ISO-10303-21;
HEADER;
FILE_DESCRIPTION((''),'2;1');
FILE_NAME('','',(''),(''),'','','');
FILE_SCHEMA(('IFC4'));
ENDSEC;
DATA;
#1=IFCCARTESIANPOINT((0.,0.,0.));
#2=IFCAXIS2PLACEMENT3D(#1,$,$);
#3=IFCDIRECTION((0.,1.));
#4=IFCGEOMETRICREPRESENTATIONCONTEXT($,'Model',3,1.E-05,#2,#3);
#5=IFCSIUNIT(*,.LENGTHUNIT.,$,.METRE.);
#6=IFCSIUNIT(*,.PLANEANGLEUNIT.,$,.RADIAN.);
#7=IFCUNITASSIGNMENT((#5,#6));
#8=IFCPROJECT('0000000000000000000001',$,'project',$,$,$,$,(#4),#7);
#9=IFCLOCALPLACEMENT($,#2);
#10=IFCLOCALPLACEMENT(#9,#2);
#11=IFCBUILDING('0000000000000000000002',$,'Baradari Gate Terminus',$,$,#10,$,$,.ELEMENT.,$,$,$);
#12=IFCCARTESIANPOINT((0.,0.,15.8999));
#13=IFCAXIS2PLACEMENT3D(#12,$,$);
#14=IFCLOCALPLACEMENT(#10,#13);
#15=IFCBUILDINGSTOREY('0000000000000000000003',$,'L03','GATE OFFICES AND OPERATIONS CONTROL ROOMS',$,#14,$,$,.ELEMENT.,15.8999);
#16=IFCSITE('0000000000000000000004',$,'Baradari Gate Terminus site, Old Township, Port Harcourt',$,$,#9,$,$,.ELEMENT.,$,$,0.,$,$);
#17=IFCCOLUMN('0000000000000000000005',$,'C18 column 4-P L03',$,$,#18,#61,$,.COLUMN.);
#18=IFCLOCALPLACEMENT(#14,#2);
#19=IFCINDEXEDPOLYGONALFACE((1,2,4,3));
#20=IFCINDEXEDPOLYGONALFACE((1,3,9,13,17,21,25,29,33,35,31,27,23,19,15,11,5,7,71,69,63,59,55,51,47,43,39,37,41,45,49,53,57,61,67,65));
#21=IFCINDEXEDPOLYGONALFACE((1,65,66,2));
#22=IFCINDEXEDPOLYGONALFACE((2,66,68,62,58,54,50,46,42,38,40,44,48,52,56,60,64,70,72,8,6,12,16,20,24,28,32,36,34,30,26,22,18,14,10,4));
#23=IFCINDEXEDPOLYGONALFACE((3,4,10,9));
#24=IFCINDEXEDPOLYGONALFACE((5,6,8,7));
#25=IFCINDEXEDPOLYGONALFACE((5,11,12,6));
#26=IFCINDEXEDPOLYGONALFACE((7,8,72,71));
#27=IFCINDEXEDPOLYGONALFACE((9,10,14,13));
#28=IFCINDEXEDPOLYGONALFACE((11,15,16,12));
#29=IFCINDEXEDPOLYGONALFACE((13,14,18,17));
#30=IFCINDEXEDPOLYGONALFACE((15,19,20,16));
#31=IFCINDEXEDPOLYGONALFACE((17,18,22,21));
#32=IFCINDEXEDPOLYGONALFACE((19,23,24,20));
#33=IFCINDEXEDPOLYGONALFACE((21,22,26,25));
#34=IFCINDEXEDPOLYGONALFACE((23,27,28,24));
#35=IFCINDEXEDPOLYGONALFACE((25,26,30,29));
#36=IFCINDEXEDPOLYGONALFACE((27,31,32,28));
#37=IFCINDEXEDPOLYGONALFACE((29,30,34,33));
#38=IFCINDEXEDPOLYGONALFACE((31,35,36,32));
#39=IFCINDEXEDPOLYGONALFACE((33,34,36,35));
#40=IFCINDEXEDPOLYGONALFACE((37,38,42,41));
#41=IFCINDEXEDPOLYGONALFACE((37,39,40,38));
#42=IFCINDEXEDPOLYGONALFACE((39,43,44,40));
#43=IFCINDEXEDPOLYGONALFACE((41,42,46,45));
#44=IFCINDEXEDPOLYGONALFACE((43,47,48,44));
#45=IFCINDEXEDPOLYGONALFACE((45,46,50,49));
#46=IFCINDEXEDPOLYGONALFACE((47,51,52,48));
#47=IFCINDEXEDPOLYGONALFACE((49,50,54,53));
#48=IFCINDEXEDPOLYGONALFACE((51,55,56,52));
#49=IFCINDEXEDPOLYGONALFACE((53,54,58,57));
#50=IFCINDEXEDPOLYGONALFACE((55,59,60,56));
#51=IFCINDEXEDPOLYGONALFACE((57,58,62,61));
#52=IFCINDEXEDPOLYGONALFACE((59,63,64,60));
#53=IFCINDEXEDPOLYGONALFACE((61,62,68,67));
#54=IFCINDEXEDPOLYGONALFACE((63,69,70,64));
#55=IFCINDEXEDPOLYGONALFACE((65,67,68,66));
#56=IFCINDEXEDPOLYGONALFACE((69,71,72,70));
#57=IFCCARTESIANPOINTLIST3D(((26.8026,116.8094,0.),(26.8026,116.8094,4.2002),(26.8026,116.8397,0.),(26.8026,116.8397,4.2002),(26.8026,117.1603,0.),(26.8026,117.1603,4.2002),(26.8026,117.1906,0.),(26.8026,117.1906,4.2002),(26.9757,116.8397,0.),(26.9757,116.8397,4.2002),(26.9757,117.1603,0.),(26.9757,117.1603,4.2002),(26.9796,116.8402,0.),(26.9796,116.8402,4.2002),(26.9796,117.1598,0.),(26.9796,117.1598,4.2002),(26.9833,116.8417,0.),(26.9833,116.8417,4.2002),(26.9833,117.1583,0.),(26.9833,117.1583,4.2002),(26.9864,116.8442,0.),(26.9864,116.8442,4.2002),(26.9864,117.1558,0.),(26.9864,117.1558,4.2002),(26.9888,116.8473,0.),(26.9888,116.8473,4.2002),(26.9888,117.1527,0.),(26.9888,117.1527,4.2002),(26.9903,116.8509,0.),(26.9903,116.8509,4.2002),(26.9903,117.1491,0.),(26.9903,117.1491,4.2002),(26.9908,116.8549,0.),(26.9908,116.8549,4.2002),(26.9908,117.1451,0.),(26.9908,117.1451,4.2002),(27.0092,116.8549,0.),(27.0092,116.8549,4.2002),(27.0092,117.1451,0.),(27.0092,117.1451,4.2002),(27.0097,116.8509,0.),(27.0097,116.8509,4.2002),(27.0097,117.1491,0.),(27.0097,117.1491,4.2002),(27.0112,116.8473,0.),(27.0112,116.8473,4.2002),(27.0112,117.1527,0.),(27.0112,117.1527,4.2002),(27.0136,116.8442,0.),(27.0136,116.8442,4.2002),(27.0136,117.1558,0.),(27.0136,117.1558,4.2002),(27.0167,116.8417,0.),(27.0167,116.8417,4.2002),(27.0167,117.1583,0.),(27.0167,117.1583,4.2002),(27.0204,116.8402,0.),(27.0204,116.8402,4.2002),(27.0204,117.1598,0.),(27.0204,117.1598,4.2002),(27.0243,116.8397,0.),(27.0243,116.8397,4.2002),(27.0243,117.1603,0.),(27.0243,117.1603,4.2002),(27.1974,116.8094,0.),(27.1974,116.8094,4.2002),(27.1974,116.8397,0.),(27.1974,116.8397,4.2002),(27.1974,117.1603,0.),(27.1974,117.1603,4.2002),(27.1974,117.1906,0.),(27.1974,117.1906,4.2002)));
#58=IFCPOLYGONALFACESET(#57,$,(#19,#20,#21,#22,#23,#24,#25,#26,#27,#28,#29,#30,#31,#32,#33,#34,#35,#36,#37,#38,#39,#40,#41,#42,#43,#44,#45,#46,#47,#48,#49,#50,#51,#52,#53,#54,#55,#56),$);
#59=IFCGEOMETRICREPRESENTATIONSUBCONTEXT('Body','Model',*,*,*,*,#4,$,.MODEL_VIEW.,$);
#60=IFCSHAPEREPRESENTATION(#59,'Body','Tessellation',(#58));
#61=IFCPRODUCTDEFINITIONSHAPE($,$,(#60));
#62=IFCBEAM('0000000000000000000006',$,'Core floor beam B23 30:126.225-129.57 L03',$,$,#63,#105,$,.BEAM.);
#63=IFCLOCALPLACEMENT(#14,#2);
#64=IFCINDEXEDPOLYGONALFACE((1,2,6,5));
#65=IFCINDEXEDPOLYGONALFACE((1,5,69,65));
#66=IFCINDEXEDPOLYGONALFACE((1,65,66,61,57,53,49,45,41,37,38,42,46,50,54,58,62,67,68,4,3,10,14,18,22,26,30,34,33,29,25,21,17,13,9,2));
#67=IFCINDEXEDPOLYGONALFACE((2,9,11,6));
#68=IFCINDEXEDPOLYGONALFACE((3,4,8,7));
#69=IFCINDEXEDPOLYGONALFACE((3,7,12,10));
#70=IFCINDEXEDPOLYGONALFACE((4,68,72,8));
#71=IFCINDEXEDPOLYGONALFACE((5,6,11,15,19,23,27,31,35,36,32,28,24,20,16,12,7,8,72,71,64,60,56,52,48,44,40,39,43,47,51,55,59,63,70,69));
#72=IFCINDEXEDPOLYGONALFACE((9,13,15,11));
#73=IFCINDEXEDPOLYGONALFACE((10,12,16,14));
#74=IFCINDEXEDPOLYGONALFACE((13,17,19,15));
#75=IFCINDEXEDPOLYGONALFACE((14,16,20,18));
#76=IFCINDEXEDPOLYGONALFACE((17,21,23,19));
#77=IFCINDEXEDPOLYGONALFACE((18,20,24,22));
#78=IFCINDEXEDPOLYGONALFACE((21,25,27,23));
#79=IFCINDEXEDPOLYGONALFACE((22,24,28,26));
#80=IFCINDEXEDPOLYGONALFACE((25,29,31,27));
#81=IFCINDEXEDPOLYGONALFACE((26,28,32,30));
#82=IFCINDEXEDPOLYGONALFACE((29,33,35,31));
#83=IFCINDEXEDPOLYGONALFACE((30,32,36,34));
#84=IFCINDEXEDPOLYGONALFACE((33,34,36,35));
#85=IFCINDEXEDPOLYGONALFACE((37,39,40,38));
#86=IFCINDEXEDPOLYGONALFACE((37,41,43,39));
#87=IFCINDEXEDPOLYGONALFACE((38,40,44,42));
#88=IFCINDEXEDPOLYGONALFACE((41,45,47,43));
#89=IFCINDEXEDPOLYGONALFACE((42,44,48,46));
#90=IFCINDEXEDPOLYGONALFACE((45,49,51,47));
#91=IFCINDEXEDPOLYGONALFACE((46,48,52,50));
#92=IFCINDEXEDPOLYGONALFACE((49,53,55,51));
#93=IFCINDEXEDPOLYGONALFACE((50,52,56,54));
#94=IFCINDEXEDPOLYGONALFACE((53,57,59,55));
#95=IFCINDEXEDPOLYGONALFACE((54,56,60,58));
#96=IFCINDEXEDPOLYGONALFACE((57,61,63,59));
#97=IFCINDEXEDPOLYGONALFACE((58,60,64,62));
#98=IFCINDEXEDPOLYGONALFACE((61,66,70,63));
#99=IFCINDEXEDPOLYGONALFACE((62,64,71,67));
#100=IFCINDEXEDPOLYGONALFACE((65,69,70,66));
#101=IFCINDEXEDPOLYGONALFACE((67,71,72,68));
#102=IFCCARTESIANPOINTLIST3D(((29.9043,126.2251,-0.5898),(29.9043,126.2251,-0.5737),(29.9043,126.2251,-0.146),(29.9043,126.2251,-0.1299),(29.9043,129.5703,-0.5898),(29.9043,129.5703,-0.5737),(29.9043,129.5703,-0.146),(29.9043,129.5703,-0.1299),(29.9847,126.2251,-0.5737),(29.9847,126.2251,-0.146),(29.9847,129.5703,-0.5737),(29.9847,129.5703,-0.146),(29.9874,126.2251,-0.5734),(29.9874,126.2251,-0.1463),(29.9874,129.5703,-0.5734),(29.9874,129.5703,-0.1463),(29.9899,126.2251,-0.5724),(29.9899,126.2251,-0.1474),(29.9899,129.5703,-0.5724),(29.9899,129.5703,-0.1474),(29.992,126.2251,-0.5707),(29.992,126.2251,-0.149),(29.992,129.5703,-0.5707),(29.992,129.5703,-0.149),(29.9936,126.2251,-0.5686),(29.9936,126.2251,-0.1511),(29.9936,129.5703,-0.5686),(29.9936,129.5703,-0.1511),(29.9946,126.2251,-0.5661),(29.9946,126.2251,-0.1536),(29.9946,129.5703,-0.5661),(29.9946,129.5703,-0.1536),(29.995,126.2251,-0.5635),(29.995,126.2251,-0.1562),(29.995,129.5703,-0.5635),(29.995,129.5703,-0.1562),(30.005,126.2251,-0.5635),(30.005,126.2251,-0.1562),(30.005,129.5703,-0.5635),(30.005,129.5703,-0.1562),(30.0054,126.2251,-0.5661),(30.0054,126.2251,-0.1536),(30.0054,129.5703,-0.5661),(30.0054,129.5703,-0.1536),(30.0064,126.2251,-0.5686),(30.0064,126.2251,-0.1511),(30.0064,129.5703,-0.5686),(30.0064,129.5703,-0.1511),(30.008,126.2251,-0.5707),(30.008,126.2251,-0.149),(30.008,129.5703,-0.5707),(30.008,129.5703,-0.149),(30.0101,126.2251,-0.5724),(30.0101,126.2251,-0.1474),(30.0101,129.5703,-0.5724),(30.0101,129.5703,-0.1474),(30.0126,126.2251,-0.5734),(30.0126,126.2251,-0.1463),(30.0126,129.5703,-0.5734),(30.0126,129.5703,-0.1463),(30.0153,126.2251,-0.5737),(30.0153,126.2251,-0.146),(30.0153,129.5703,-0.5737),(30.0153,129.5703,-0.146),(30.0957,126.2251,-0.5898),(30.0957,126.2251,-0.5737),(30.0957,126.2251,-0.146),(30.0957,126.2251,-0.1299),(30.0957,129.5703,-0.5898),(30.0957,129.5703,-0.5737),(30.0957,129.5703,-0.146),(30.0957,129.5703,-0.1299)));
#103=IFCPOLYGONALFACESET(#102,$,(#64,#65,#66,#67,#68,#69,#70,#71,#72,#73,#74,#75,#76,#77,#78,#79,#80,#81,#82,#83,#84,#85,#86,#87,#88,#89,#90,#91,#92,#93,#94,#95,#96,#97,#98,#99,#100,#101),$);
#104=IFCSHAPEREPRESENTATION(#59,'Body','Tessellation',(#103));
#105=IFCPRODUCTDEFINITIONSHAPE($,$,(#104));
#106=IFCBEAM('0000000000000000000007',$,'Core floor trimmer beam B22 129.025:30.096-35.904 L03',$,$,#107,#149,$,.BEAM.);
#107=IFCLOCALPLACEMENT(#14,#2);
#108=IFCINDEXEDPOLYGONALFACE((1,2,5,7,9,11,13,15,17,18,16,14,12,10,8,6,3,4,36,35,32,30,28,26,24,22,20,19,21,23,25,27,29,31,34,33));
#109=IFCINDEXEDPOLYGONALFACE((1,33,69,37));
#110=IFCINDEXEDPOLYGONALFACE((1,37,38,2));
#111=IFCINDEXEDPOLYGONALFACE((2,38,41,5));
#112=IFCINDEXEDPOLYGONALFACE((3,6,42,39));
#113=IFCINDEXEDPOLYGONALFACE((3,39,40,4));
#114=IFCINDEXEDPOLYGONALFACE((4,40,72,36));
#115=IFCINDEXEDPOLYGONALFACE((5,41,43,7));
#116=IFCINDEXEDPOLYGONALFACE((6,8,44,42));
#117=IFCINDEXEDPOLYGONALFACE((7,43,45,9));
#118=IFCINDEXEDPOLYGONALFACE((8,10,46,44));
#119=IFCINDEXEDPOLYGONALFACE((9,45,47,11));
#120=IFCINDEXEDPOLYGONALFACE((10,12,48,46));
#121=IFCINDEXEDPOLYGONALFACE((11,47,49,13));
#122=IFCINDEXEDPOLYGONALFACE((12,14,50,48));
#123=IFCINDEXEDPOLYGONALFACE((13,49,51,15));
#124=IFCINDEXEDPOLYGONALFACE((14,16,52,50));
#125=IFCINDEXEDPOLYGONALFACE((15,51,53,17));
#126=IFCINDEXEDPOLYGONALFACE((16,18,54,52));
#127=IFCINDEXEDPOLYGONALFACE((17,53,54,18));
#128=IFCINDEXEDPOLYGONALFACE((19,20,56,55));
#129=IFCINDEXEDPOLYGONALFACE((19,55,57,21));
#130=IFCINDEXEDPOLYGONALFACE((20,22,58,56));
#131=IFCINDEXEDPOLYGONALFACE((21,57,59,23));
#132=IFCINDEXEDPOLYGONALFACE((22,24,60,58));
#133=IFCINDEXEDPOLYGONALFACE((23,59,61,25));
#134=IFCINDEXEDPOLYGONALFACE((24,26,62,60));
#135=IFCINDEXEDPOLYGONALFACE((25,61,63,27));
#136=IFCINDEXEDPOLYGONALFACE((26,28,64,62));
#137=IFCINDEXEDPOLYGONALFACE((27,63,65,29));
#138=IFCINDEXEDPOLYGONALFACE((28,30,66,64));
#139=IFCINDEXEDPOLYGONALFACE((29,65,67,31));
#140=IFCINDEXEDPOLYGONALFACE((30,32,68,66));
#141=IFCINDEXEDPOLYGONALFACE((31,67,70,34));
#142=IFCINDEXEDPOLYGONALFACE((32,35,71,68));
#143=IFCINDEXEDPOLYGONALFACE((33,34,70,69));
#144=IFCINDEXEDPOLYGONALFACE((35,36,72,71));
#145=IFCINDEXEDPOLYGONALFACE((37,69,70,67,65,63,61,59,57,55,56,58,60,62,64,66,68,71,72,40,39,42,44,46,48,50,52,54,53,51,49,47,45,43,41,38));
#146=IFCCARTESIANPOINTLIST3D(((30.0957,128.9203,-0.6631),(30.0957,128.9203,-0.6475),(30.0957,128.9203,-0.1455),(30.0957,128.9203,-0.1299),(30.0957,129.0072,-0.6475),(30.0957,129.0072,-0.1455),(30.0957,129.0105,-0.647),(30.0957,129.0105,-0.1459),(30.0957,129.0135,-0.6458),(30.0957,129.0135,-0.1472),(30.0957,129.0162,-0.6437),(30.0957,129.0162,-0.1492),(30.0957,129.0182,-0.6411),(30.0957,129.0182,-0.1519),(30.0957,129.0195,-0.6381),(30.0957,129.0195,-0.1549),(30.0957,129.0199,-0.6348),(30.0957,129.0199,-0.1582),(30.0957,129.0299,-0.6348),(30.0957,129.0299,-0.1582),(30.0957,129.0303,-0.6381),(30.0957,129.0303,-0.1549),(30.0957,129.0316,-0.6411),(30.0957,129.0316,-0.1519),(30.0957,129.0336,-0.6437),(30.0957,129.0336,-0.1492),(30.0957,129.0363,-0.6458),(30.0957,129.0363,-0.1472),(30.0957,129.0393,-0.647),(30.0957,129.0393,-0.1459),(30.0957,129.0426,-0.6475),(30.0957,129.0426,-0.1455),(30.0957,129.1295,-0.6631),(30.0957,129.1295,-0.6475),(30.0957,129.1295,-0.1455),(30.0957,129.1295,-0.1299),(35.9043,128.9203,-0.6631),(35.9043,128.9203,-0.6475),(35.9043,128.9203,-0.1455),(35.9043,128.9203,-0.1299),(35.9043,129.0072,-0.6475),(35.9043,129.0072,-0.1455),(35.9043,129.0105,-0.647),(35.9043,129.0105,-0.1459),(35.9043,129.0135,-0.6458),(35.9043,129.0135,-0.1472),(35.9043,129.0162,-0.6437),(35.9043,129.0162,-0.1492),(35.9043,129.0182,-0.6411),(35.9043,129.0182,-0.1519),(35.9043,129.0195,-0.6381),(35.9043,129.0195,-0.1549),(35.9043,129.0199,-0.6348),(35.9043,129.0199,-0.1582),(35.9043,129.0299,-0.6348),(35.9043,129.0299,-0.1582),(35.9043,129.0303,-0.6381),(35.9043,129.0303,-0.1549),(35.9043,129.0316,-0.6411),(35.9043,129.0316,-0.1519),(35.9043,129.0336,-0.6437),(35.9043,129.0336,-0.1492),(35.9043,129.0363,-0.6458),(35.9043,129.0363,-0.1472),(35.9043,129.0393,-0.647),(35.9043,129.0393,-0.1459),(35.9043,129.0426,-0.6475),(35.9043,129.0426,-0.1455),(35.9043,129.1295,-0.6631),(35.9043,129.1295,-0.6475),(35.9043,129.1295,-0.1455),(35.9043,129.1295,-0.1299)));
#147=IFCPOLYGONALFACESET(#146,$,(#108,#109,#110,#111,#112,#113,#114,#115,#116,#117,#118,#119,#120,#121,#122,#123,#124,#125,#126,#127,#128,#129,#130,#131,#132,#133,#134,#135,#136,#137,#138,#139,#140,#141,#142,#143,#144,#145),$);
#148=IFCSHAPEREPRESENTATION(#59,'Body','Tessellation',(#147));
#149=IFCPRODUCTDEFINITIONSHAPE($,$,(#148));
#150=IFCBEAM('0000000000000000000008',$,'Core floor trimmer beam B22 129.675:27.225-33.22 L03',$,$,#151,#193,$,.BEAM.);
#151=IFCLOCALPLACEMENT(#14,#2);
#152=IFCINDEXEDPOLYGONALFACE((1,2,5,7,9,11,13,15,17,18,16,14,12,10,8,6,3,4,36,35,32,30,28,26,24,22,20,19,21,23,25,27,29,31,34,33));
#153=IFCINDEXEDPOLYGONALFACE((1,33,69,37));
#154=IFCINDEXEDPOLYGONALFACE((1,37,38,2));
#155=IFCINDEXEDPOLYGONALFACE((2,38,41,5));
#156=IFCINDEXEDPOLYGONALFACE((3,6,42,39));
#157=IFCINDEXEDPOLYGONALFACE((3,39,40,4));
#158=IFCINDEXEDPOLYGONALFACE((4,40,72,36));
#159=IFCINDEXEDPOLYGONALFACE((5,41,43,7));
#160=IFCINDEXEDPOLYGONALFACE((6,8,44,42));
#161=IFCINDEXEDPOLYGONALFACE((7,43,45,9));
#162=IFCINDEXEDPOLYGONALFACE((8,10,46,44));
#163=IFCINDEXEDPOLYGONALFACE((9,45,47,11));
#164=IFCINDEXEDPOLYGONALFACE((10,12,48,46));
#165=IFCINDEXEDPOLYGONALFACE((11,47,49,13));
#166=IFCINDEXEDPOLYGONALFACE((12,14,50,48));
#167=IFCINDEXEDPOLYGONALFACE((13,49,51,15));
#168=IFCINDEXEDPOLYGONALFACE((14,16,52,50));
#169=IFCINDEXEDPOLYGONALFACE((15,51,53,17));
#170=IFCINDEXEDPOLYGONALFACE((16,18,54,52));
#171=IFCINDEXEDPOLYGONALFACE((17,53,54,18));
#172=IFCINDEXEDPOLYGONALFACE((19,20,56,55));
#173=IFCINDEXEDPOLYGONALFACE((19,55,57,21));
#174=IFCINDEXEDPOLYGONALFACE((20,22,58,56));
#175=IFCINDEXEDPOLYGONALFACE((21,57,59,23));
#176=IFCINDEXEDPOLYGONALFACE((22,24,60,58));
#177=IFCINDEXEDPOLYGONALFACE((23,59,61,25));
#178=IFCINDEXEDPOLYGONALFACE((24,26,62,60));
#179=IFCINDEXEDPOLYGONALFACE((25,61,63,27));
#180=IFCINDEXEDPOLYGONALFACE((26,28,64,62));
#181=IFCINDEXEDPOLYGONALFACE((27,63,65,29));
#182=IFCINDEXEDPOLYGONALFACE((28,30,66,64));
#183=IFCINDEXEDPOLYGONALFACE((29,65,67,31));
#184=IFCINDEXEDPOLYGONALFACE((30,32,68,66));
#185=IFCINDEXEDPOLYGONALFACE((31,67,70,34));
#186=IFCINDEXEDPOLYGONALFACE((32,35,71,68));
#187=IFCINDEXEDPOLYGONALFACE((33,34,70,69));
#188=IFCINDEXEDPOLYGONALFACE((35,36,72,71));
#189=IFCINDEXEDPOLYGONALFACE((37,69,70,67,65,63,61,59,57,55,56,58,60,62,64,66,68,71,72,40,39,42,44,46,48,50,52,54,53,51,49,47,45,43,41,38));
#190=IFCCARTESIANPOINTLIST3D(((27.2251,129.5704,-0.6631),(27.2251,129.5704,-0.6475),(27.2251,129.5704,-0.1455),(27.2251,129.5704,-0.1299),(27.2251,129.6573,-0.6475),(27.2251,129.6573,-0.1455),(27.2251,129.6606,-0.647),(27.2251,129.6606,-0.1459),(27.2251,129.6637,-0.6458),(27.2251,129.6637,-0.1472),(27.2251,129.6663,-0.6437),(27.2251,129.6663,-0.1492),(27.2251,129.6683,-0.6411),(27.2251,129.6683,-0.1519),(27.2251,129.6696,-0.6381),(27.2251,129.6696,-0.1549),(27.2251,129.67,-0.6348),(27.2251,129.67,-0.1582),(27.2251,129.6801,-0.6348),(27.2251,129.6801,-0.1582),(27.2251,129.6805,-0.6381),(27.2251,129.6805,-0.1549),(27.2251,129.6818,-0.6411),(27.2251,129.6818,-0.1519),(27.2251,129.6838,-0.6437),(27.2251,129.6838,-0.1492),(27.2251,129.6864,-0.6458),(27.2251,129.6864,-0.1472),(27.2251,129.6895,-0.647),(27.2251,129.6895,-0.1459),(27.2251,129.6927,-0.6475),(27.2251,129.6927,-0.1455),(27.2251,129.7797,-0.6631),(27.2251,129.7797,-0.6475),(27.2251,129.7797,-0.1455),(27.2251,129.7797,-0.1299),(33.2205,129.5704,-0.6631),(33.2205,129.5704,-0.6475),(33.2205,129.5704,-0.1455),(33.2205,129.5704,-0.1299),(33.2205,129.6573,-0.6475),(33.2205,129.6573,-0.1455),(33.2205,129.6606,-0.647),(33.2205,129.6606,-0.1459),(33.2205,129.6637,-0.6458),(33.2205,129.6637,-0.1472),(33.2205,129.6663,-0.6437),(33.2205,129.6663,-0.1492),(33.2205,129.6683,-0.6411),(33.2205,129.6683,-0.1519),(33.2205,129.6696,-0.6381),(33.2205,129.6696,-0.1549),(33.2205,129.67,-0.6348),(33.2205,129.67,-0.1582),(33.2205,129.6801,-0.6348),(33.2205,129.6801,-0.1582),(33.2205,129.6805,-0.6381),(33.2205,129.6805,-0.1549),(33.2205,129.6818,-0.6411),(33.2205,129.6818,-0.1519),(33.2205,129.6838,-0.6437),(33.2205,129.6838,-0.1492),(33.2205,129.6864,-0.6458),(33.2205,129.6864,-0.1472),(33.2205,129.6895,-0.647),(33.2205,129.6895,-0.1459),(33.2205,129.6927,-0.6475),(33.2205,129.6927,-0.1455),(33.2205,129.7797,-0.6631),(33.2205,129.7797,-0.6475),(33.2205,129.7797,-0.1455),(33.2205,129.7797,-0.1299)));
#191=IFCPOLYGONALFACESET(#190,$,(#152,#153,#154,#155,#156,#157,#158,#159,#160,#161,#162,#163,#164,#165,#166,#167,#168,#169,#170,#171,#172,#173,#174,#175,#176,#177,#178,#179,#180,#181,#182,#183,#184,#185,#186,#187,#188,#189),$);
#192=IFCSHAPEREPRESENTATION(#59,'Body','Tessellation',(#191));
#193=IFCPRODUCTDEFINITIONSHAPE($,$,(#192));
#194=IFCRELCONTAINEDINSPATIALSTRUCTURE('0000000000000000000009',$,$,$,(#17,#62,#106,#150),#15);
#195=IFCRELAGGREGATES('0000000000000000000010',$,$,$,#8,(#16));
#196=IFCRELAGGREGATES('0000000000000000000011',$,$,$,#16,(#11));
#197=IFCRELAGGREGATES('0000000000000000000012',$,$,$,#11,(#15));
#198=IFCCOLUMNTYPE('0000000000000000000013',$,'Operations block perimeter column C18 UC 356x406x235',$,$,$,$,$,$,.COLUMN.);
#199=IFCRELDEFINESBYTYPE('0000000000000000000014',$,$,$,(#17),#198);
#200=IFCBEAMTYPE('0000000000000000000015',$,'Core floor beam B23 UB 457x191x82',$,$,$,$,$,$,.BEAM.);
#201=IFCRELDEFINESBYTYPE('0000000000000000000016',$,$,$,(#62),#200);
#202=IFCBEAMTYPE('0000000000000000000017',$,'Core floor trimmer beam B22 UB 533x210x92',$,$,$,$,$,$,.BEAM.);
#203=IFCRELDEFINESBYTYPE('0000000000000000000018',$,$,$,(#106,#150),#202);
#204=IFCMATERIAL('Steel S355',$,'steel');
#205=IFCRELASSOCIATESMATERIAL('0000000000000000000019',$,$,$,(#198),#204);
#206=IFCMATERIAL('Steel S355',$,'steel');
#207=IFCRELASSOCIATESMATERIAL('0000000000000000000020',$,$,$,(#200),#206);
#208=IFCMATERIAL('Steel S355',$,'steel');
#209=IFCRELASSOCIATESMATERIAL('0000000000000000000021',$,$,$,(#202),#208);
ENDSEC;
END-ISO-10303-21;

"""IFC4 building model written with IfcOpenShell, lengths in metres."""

from ifc_helpers import new_model, si_unit, direction, frame, origin, origin_2d, place, context, subcontext, project, spatial, i_section, extrude, material, material_profile, profile_set, type_object, element, save


model = new_model("IFC4")

# Units and contexts
model_context = context("Model", 3, precision=1e-05, world=origin(), true_north=direction((0.0, 1.0)))
body_context = subcontext(model_context, "Body", "Model", "MODEL_VIEW")
ifc_project = project(units=[si_unit("LENGTHUNIT", "METRE"), si_unit("PLANEANGLEUNIT", "RADIAN")], contexts=[model_context])

# Site, building, storey
site_placement = place(None, origin())
site = spatial("IfcSite", under=ifc_project, at=site_placement, Name="Baradari Gate Terminus site, Old Township, Port Harcourt", CompositionType="ELEMENT", RefElevation=0.0)
building_placement = place(site_placement, origin())
building = spatial("IfcBuilding", under=site, at=building_placement, Name="Baradari Gate Terminus", CompositionType="ELEMENT")
storey_placement = place(building_placement, frame((0.0, 0.0, 15.8999)))
storey = spatial("IfcBuildingStorey", under=building, at=storey_placement, Name="L03", Description="GATE OFFICES AND OPERATIONS CONTROL ROOMS", CompositionType="ELEMENT", Elevation=15.8999)

# Column
ifc_material_1 = material(Name="Steel S355", Category="steel")
ifc_material_profile_1 = material_profile(ifc_material_1, i_section(OverallWidth=0.3948, OverallDepth=0.3811, WebThickness=0.0183, FlangeThickness=0.0303, FilletRadius=0.0151, at=origin_2d()), Name="UC 356x406x235")
ifc_profile_set_1 = profile_set([ifc_material_profile_1], Name="Steel S355")
column_type = type_object("IfcColumnType", Name="Operations block perimeter column C18 UC 356x406x235", PredefinedType="COLUMN", material=ifc_profile_set_1)
column_placement = place(storey_placement, frame((27.0, 117.0, 0.0), z_axis=(0.0, 0.0, 1.0), x_axis=(1.0, 0.0, 0.0)))
element("IfcColumn", 1, at=column_placement, inside=storey, type_object=column_type, Name="C18 column 4-P L03", PredefinedType="COLUMN", context=body_context, shape_type="SweptSolid", body=[
    extrude(i_section(OverallWidth=0.3948, OverallDepth=0.3811, WebThickness=0.0183, FlangeThickness=0.0303, FilletRadius=0.0151, at=origin_2d()), origin(), (0.0, 0.0, 1.0), 4.2002),
])

# Beams
ifc_material_2 = material(Name="Steel S355", Category="steel")
ifc_material_profile_2 = material_profile(ifc_material_2, i_section(OverallWidth=0.1914, OverallDepth=0.46, WebThickness=0.01, FlangeThickness=0.0161, FilletRadius=0.0103, at=origin_2d()), Name="UB 457x191x82")
ifc_profile_set_2 = profile_set([ifc_material_profile_2], Name="Steel S355")
beam_type_1 = type_object("IfcBeamType", Name="Core floor beam B23 UB 457x191x82", PredefinedType="BEAM", material=ifc_profile_set_2)
beam_1_placement = place(storey_placement, frame((30.0, 126.2251, -0.3599), z_axis=(0.0, 1.0, 0.0), x_axis=(-1.0, 0.0, 0.0)))
element("IfcBeam", 2, at=beam_1_placement, inside=storey, type_object=beam_type_1, Name="Core floor beam B23 30:126.225-129.57 L03", PredefinedType="BEAM", context=body_context, shape_type="SweptSolid", body=[
    extrude(i_section(OverallWidth=0.1914, OverallDepth=0.46, WebThickness=0.01, FlangeThickness=0.0161, FilletRadius=0.0103, at=origin_2d()), origin(), (0.0, 0.0, 1.0), 3.3452),
])
ifc_material_3 = material(Name="Steel S355", Category="steel")
ifc_material_profile_3 = material_profile(ifc_material_3, i_section(OverallWidth=0.2092, OverallDepth=0.5332, WebThickness=0.01, FlangeThickness=0.0156, FilletRadius=0.0127, at=origin_2d()), Name="UB 533x210x92")
ifc_profile_set_3 = profile_set([ifc_material_profile_3], Name="Steel S355")
beam_type_2 = type_object("IfcBeamType", Name="Core floor trimmer beam B22 UB 533x210x92", PredefinedType="BEAM", material=ifc_profile_set_3)
beam_2_placement = place(storey_placement, frame((30.0957, 129.0249, -0.3965), z_axis=(1.0, 0.0, 0.0), x_axis=(0.0, 1.0, 0.0)))
element("IfcBeam", 3, at=beam_2_placement, inside=storey, type_object=beam_type_2, Name="Core floor trimmer beam B22 129.025:30.096-35.904 L03", PredefinedType="BEAM", context=body_context, shape_type="SweptSolid", body=[
    extrude(i_section(OverallWidth=0.2092, OverallDepth=0.5332, WebThickness=0.01, FlangeThickness=0.0156, FilletRadius=0.0127, at=origin_2d()), origin(), (0.0, 0.0, 1.0), 5.8086),
])
beam_3_placement = place(storey_placement, frame((27.2251, 129.675, -0.3965), z_axis=(1.0, 0.0, 0.0), x_axis=(0.0, 1.0, 0.0)))
element("IfcBeam", 4, at=beam_3_placement, inside=storey, type_object=beam_type_2, Name="Core floor trimmer beam B22 129.675:27.225-33.22 L03", PredefinedType="BEAM", context=body_context, shape_type="SweptSolid", body=[
    extrude(i_section(OverallWidth=0.2092, OverallDepth=0.5332, WebThickness=0.01, FlangeThickness=0.0156, FilletRadius=0.0127, at=origin_2d()), origin(), (0.0, 0.0, 1.0), 5.9954),
])

save(model, "model.ifc")
